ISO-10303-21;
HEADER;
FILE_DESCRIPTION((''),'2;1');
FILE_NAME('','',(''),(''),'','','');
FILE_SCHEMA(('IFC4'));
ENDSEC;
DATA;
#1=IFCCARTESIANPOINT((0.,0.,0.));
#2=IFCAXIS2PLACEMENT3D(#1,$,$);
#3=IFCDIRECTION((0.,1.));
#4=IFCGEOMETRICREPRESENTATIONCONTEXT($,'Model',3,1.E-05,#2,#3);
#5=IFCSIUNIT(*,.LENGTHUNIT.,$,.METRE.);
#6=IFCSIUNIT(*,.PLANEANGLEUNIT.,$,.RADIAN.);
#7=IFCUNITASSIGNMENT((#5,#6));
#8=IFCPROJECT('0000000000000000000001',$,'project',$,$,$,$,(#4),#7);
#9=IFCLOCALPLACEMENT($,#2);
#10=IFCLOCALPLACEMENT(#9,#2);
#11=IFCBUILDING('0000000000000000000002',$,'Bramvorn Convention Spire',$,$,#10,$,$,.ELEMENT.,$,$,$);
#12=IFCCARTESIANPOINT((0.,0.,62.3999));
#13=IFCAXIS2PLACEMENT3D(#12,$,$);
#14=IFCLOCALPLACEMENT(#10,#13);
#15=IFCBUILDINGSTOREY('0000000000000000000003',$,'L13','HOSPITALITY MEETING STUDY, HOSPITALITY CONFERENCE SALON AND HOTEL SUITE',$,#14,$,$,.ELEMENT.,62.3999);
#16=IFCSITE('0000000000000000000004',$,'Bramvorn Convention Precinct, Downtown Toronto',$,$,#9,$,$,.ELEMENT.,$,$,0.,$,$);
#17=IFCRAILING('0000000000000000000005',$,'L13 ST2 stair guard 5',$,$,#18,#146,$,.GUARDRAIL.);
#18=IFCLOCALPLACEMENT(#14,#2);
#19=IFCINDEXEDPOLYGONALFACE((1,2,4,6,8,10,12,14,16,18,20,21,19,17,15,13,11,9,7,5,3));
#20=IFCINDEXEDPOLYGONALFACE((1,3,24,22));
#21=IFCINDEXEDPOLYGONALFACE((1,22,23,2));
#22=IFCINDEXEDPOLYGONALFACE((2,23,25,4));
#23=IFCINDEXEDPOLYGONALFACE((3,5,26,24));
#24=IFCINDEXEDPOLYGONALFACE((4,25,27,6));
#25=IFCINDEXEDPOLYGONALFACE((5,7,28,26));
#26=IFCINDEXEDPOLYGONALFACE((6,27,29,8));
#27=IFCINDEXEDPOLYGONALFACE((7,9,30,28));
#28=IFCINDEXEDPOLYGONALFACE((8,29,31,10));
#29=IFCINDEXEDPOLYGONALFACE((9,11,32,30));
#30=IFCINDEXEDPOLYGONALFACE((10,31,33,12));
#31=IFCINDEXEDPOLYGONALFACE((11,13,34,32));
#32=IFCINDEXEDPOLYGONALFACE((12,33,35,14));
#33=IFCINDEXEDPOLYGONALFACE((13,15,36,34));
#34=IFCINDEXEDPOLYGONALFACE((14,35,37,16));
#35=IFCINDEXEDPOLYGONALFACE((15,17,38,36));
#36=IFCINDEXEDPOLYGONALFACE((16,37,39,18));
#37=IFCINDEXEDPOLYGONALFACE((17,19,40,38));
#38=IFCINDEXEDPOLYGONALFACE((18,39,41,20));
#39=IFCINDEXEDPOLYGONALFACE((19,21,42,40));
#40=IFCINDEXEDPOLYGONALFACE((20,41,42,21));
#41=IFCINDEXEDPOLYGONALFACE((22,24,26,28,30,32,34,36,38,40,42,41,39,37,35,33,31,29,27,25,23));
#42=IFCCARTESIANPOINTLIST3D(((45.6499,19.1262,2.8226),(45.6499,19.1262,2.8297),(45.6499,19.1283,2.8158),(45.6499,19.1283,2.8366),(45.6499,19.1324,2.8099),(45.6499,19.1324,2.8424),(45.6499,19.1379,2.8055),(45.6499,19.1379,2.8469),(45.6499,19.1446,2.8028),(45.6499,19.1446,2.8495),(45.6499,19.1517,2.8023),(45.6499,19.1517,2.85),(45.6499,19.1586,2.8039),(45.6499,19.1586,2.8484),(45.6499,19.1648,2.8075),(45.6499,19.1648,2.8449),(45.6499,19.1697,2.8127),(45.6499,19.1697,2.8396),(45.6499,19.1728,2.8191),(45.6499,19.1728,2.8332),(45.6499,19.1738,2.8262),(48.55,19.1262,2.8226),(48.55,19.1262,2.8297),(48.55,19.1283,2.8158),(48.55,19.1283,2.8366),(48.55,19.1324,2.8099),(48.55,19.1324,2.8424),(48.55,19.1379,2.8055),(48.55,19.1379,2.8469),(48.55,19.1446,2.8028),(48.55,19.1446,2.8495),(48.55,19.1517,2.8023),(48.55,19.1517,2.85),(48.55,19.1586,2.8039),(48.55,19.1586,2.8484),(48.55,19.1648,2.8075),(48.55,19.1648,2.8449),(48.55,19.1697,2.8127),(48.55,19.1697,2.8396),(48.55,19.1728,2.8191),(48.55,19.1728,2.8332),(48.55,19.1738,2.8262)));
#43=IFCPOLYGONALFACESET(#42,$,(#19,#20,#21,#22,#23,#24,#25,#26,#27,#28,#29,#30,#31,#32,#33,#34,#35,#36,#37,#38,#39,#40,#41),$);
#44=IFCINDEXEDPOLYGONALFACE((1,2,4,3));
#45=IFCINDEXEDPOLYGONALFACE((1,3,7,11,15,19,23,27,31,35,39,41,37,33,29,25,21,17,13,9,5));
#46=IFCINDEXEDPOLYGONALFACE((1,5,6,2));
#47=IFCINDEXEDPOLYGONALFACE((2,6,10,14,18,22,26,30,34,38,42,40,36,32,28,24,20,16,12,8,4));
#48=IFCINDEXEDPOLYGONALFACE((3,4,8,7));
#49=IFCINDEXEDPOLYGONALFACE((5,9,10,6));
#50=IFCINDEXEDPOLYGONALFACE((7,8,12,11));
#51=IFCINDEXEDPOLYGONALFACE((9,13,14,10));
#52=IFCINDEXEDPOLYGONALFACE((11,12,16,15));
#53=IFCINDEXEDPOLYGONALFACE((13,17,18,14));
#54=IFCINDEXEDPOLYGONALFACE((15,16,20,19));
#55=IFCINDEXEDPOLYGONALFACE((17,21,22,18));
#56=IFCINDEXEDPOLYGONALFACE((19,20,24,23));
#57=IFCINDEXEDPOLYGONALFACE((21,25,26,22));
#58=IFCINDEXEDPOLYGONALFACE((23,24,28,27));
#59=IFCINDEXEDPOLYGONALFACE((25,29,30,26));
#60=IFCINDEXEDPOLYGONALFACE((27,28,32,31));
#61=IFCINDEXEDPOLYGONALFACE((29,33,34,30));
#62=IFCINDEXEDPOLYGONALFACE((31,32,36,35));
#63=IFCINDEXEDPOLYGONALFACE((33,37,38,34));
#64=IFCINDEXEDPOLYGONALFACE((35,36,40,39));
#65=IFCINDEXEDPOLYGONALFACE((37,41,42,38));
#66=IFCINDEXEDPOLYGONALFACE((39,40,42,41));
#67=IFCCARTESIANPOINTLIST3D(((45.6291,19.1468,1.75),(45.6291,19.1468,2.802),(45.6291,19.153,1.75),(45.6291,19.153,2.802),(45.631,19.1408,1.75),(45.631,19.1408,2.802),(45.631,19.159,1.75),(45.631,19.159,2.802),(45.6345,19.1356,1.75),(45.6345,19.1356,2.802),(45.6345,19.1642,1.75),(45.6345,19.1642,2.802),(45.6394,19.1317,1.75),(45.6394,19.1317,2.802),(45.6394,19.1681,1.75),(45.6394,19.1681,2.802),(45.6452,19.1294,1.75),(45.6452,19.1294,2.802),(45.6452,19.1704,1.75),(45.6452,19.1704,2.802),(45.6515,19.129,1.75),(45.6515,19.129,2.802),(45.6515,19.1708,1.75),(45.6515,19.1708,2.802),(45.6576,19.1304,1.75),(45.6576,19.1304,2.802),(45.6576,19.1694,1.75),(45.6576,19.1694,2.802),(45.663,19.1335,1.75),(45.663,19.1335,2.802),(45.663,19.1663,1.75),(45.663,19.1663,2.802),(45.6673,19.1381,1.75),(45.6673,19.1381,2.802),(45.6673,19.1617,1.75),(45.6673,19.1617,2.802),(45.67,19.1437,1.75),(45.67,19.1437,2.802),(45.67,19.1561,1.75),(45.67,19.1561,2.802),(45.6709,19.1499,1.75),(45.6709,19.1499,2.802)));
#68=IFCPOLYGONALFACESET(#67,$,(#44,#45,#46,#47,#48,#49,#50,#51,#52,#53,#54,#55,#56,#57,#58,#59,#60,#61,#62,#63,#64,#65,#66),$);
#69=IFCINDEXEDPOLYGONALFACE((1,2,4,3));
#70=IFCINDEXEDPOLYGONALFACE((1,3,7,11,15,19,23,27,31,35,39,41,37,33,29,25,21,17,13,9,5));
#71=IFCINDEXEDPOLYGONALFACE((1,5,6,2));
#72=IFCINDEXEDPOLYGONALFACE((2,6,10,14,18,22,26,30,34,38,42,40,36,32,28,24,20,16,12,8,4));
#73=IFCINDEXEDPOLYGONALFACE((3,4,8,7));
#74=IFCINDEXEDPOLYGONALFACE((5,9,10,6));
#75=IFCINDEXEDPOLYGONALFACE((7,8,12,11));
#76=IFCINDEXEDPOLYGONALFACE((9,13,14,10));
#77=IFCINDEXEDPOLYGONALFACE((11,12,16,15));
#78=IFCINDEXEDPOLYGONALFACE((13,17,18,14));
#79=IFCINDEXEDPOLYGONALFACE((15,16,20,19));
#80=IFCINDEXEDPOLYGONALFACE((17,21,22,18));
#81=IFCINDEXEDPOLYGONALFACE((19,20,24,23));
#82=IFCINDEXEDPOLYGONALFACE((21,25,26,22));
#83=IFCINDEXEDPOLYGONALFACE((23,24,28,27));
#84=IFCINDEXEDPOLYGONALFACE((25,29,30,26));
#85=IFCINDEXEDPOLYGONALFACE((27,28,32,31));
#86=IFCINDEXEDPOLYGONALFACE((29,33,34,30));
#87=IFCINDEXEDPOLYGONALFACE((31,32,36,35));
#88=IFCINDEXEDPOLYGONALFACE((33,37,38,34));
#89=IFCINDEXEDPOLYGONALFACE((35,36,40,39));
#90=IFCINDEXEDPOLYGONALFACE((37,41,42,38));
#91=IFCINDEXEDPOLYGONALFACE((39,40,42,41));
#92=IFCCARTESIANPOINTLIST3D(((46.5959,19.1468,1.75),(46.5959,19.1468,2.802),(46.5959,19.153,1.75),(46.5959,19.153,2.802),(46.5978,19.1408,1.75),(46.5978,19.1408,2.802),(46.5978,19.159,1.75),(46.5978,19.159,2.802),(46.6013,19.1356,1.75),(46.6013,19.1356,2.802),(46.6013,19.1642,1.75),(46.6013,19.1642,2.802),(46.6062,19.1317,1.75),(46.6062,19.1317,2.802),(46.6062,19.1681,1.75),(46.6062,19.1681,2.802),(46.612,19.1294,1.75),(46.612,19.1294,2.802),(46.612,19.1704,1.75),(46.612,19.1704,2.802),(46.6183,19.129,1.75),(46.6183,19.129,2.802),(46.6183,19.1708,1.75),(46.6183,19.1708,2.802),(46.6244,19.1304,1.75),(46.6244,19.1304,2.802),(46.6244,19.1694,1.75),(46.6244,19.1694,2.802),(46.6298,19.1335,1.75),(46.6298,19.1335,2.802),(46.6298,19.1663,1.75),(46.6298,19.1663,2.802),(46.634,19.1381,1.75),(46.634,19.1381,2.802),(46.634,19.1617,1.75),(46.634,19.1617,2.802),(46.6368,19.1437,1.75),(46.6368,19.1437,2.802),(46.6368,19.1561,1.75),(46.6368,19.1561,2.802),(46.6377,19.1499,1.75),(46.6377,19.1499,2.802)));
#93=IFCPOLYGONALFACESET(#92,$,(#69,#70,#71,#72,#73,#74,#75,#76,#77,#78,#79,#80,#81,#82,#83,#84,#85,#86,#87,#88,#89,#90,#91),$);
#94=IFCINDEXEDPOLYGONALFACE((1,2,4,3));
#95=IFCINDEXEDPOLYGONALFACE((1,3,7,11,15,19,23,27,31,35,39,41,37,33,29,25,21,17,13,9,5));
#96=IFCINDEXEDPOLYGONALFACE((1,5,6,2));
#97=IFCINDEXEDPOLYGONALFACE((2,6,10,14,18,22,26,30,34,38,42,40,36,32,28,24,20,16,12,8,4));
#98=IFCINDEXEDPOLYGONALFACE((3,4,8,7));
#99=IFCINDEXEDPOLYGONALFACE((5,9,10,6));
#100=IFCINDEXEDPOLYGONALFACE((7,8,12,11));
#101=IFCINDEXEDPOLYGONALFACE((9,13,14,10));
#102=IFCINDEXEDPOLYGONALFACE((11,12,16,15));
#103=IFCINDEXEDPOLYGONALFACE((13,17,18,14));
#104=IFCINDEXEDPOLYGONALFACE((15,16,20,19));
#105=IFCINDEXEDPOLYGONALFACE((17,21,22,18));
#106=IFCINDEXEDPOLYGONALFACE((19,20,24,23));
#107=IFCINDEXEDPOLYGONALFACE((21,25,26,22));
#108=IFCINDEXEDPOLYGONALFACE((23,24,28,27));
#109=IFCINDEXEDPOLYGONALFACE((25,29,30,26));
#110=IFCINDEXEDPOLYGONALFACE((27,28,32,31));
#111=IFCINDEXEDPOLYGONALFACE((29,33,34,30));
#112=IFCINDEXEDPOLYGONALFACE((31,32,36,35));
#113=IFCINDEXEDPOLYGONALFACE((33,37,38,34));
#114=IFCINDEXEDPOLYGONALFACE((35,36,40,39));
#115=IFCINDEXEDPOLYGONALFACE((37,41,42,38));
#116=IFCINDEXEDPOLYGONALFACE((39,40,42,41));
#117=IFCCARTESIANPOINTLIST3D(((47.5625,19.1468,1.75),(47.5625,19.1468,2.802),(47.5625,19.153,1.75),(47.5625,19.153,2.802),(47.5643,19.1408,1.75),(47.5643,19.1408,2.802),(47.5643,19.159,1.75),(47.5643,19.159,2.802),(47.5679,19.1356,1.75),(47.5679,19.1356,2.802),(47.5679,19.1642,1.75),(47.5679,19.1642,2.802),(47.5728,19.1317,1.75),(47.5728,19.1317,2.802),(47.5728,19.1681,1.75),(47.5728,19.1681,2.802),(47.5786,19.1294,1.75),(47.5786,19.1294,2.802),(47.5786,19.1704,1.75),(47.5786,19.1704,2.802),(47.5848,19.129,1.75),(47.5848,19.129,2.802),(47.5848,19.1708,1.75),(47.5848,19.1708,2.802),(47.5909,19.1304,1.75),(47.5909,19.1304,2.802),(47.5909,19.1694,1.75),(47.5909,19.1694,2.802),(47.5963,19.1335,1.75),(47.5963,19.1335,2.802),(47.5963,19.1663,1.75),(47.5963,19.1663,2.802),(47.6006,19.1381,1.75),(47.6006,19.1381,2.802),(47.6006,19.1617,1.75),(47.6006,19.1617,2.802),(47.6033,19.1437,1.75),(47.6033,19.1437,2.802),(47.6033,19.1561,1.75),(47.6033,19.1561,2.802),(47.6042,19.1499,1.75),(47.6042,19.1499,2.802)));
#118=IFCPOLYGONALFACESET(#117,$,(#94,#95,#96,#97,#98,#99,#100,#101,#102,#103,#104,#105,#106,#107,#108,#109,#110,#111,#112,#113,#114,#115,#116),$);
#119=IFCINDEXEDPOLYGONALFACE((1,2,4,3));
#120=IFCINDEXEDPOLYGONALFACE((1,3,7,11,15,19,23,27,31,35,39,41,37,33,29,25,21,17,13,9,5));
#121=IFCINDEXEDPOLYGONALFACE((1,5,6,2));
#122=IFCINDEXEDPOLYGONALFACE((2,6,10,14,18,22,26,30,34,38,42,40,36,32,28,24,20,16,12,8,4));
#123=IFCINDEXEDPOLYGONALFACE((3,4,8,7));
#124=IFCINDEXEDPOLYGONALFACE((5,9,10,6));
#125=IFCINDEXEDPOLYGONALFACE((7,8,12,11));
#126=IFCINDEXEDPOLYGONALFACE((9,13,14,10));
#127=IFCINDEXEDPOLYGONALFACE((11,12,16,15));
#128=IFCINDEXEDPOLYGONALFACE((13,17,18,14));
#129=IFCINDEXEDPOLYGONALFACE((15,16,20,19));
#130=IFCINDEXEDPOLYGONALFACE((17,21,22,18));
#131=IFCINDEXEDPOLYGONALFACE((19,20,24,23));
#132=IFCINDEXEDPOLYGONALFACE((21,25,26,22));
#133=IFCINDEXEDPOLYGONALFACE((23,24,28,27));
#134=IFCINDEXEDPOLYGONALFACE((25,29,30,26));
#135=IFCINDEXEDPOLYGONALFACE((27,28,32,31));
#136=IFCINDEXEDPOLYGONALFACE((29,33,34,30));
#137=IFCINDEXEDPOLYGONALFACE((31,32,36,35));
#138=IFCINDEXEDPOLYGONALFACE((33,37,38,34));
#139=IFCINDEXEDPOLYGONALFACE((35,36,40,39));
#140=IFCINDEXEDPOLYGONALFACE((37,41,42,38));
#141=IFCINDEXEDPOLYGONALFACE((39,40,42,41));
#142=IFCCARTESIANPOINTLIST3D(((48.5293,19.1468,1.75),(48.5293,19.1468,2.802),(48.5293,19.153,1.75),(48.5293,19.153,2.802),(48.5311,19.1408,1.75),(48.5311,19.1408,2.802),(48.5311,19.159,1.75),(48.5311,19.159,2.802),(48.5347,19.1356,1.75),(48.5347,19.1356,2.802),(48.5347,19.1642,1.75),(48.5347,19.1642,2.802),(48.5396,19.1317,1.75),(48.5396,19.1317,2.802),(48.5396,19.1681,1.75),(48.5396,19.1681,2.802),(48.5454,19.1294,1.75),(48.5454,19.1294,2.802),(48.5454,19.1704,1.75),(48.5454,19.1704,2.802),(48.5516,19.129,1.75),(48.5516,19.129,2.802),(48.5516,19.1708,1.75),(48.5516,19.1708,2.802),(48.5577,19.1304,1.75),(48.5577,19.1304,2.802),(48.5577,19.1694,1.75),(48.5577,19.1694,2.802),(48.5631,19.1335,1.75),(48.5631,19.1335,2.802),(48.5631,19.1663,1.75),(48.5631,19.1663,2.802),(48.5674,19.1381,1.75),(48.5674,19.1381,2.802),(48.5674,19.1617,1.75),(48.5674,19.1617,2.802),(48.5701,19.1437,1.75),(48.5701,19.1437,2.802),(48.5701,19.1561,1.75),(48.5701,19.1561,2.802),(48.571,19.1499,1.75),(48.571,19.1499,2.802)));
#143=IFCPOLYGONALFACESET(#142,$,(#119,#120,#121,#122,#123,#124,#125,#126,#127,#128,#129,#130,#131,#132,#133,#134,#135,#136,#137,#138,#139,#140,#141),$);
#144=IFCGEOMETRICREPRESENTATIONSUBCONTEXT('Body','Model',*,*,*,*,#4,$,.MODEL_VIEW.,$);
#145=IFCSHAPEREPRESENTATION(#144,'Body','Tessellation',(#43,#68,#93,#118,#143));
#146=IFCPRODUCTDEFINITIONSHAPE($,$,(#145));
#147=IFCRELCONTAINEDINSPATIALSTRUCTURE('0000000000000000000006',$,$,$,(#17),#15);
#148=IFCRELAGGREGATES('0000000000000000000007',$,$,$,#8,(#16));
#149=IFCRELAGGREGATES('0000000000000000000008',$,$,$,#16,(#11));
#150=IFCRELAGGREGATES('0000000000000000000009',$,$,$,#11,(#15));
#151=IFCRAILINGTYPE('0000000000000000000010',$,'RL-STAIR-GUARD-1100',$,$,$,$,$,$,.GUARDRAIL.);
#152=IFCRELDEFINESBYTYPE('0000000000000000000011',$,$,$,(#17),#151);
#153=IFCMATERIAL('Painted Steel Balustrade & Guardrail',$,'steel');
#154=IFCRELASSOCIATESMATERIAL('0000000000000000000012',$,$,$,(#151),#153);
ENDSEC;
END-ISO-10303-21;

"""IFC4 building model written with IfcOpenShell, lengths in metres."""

from ifc_helpers import new_model, si_unit, direction, frame, origin, origin_2d, place, context, subcontext, project, spatial, circle, extrude, material, type_object, element, save


model = new_model("IFC4")

# Units and contexts
model_context = context("Model", 3, precision=1e-05, world=origin(), true_north=direction((0.0, 1.0)))
body_context = subcontext(model_context, "Body", "Model", "MODEL_VIEW")
ifc_project = project(units=[si_unit("LENGTHUNIT", "METRE"), si_unit("PLANEANGLEUNIT", "RADIAN")], contexts=[model_context])

# Site, building, storey
site_placement = place(None, origin())
site = spatial("IfcSite", under=ifc_project, at=site_placement, Name="Bramvorn Convention Precinct, Downtown Toronto", CompositionType="ELEMENT", RefElevation=0.0)
building_placement = place(site_placement, origin())
building = spatial("IfcBuilding", under=site, at=building_placement, Name="Bramvorn Convention Spire", CompositionType="ELEMENT")
storey_placement = place(building_placement, frame((0.0, 0.0, 62.3999)))
storey = spatial("IfcBuildingStorey", under=building, at=storey_placement, Name="L13", Description="HOSPITALITY MEETING STUDY, HOSPITALITY CONFERENCE SALON AND HOTEL SUITE", CompositionType="ELEMENT", Elevation=62.3999)

# Railing
ifc_material_1 = material(Name="Painted Steel Balustrade & Guardrail", Category="steel")
railing_type_1 = type_object("IfcRailingType", Name="RL-STAIR-GUARD-1100", PredefinedType="GUARDRAIL", material=ifc_material_1)
railing_1_placement = place(storey_placement, frame((45.6499, 19.1499, 1.75)))
element("IfcRailing", 1, at=railing_1_placement, inside=storey, type_object=railing_type_1, Name="L13 ST2 stair guard 5", PredefinedType="GUARDRAIL", context=body_context, shape_type="SweptSolid", body=[
    extrude(circle(Radius=0.0239, at=origin_2d()), frame((0.0, 0.0, 1.0762), z_axis=(1.0, 0.0, 0.0), x_axis=(0.0, 1.0, 0.0)), (0.0, 0.0, 1.0), 2.9001),
    extrude(circle(Radius=0.021, at=origin_2d()), origin(), (0.0, 0.0, 1.0), 1.052),
    extrude(circle(Radius=0.021, at=origin_2d()), frame((0.9668, 0.0, 0.0)), (0.0, 0.0, 1.0), 1.052),
    extrude(circle(Radius=0.021, at=origin_2d()), frame((1.9333, 0.0, 0.0)), (0.0, 0.0, 1.0), 1.052),
    extrude(circle(Radius=0.021, at=origin_2d()), frame((2.9001, 0.0, 0.0)), (0.0, 0.0, 1.0), 1.052),
])

save(model, "model.ifc")
